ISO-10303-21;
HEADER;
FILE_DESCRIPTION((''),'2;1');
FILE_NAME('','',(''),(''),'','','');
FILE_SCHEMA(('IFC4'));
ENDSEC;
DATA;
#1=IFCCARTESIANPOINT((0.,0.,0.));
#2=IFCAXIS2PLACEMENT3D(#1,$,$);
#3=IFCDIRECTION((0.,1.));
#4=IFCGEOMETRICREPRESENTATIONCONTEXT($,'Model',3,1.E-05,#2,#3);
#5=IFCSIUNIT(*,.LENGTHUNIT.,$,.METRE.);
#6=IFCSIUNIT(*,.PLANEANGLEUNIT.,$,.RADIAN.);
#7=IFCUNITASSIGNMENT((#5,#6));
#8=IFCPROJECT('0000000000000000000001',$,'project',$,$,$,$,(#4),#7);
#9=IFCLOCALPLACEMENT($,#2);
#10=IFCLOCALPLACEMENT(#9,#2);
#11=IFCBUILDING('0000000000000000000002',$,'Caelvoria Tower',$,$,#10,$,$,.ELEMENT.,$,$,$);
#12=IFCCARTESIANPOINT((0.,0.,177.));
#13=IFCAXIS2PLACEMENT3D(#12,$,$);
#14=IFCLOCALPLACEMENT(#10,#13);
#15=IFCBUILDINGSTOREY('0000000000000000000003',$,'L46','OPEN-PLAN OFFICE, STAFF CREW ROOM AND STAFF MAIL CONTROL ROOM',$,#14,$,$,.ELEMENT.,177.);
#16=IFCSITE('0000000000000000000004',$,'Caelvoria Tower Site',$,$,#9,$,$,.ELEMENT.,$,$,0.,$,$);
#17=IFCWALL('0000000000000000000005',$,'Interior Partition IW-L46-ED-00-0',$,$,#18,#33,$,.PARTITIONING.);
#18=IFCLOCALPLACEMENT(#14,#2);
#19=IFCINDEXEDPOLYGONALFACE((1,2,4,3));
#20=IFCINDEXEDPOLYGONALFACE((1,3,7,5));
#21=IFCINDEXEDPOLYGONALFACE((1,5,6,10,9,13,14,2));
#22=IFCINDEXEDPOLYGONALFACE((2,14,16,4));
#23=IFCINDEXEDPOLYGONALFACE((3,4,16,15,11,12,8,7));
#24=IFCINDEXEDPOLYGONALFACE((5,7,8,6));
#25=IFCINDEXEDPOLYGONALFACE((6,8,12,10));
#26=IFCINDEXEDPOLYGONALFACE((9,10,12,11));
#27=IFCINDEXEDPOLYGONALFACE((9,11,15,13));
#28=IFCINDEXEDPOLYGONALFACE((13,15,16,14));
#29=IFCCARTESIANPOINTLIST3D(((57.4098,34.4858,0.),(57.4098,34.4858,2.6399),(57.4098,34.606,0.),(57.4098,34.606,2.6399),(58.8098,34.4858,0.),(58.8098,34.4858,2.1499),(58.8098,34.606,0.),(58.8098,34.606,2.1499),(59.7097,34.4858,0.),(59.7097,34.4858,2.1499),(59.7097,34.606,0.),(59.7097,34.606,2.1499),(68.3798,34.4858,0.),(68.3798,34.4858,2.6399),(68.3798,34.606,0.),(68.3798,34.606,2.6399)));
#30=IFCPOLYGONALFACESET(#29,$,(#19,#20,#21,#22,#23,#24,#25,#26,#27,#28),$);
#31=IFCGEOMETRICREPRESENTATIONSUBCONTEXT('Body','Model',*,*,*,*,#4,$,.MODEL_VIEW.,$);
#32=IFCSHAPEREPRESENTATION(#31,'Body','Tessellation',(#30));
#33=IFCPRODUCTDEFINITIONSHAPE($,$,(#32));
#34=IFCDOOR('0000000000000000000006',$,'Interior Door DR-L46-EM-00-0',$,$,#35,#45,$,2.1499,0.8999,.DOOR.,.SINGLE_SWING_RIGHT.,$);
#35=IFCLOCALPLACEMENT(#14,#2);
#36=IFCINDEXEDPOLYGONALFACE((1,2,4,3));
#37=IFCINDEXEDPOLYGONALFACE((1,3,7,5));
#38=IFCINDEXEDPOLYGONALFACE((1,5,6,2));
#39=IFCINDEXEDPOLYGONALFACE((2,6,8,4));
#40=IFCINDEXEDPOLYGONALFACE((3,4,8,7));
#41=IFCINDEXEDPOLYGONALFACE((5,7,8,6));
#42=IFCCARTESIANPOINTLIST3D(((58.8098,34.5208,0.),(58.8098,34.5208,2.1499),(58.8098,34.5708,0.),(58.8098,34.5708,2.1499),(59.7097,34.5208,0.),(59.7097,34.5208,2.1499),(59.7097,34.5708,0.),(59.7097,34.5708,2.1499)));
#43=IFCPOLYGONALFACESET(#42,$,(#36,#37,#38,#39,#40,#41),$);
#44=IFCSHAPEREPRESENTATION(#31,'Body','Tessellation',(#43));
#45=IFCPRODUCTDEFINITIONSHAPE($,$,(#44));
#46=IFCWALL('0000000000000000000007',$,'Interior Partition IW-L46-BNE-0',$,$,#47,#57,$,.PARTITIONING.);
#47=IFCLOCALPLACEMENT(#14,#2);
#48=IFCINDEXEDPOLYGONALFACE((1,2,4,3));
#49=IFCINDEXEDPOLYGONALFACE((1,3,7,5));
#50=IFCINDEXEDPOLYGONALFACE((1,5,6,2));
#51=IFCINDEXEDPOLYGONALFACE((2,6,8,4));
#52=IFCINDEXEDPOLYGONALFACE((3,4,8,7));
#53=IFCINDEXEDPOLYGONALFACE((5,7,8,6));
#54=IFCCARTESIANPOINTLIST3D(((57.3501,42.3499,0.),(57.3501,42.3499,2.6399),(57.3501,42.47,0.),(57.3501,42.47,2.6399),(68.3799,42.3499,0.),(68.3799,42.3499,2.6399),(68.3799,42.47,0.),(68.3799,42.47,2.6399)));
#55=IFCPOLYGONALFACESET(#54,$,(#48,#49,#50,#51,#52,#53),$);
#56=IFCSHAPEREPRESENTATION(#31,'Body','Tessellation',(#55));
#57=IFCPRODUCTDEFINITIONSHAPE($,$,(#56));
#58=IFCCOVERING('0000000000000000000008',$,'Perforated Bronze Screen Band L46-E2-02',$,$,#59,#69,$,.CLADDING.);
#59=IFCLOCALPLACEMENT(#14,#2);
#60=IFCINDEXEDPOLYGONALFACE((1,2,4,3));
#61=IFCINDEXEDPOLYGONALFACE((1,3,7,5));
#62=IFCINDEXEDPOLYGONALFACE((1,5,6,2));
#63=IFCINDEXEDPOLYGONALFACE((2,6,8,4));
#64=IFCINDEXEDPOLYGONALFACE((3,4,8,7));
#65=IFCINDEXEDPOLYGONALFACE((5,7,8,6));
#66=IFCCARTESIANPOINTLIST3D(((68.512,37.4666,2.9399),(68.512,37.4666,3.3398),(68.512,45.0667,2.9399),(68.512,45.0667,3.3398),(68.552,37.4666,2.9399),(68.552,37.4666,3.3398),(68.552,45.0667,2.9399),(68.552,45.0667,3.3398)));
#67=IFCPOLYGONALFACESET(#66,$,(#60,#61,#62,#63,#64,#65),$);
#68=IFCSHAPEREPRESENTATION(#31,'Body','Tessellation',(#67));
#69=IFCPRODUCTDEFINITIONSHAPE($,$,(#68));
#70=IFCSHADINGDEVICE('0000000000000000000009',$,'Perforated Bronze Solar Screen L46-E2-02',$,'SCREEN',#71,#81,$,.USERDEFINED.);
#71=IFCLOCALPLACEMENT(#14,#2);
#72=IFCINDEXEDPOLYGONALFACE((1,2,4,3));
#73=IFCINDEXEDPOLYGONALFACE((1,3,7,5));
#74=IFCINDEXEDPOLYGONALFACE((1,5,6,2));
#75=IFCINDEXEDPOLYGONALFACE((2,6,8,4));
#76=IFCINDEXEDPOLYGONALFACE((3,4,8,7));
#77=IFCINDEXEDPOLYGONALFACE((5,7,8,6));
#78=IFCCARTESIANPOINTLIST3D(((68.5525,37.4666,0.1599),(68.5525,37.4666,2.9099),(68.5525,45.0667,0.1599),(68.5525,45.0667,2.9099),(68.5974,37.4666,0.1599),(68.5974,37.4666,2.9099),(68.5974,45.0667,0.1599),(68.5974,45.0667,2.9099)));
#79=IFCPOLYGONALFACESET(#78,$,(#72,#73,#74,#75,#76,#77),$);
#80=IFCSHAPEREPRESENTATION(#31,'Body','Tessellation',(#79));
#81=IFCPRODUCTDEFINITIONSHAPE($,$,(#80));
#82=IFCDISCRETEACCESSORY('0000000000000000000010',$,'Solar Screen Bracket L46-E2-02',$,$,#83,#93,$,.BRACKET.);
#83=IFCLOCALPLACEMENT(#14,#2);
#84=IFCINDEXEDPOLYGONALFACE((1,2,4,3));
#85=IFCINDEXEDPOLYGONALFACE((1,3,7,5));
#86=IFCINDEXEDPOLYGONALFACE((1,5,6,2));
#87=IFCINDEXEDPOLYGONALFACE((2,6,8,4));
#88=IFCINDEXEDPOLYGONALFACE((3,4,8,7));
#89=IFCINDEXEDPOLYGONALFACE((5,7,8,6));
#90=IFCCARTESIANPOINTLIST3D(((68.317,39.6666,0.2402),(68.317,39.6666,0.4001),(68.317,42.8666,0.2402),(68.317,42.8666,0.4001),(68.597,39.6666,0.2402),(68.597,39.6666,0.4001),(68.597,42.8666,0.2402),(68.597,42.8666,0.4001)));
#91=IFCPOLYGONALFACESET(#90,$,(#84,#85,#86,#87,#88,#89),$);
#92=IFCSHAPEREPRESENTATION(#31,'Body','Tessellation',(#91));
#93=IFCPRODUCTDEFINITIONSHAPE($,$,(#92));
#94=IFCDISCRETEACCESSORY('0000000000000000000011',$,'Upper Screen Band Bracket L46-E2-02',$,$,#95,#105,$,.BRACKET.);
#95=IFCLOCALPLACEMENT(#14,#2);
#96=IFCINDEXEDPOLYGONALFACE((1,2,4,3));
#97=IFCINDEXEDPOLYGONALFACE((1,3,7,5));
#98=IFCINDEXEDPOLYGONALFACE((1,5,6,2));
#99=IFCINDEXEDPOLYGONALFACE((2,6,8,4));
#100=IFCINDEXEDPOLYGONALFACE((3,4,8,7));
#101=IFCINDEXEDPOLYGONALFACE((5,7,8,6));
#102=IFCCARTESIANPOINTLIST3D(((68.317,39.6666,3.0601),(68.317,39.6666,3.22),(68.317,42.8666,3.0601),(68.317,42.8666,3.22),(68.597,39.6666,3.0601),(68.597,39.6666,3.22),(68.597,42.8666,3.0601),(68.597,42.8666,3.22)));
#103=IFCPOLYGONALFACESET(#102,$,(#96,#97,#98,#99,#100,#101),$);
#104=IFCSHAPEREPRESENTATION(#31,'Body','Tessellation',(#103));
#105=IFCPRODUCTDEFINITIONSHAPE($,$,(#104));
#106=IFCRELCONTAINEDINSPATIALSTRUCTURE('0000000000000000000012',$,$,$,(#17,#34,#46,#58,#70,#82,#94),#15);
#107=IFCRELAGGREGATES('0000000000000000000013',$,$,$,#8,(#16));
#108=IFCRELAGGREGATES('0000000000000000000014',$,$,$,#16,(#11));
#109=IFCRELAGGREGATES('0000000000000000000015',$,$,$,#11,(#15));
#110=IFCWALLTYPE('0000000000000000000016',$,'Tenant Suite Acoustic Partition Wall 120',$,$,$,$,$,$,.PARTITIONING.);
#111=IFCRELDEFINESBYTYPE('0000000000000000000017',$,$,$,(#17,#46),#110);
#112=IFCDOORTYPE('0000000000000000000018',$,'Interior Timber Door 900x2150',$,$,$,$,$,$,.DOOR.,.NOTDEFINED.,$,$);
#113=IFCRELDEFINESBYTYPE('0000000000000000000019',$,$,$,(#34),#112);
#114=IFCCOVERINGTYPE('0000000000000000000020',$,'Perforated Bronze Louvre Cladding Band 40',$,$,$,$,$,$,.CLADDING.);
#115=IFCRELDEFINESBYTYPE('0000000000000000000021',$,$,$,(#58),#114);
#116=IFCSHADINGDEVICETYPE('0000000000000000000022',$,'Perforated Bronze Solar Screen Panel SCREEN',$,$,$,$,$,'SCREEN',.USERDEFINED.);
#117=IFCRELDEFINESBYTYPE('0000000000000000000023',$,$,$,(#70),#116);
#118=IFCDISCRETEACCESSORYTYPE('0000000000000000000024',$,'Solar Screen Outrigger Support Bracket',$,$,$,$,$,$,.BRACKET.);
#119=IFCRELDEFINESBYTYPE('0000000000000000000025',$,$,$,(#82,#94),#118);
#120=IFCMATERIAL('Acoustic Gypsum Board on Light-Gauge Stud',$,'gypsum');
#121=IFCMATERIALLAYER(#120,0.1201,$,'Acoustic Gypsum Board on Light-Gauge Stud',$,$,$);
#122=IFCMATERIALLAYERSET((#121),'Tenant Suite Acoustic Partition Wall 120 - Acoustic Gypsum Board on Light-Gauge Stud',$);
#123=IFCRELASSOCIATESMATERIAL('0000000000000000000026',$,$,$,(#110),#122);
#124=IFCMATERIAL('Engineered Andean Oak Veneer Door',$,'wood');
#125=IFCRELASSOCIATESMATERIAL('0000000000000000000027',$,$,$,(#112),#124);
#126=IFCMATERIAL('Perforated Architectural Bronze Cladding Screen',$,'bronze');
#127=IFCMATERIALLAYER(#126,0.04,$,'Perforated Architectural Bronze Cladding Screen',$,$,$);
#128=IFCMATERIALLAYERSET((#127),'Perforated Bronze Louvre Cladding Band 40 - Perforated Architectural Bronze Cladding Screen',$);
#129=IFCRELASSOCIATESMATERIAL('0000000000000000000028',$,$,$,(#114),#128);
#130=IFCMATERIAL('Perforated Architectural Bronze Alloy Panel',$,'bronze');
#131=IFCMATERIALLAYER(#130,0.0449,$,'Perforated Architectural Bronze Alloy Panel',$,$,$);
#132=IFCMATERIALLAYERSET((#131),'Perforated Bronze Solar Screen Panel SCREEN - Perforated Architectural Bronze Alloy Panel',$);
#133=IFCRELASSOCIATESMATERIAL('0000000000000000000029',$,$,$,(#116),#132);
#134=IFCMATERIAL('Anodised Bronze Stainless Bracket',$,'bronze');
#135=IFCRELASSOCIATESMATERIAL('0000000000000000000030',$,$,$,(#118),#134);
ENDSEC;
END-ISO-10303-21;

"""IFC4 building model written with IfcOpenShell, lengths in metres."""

from ifc_helpers import new_model, si_unit, direction, frame, frame_2d, origin, origin_2d, place, context, subcontext, project, spatial, rectangle, extrude, material, layer, layer_set, type_object, element, fill, save


model = new_model("IFC4")

# Units and contexts
model_context = context("Model", 3, precision=1e-05, world=origin(), true_north=direction((0.0, 1.0)))
body_context = subcontext(model_context, "Body", "Model", "MODEL_VIEW")
ifc_project = project(units=[si_unit("LENGTHUNIT", "METRE"), si_unit("PLANEANGLEUNIT", "RADIAN")], contexts=[model_context])

# Site, building, storey
site_placement = place(None, origin())
site = spatial("IfcSite", under=ifc_project, at=site_placement, Name="Caelvoria Tower Site", CompositionType="ELEMENT", RefElevation=0.0)
building_placement = place(site_placement, origin())
building = spatial("IfcBuilding", under=site, at=building_placement, Name="Caelvoria Tower", CompositionType="ELEMENT")
storey_placement = place(building_placement, frame((0.0, 0.0, 177.0)))
storey = spatial("IfcBuildingStorey", under=building, at=storey_placement, Name="L46", Description="OPEN-PLAN OFFICE, STAFF CREW ROOM AND STAFF MAIL CONTROL ROOM", CompositionType="ELEMENT", Elevation=177.0)

# Wall, opening, door
ifc_material_1 = material(Name="Acoustic Gypsum Board on Light-Gauge Stud", Category="gypsum")
ifc_layer_1 = layer(ifc_material_1, 0.1201, Name="Acoustic Gypsum Board on Light-Gauge Stud")
ifc_layer_set_1 = layer_set([ifc_layer_1], Name="Tenant Suite Acoustic Partition Wall 120 - Acoustic Gypsum Board on Light-Gauge Stud")
wall_type_1 = type_object("IfcWallType", Name="Tenant Suite Acoustic Partition Wall 120", PredefinedType="PARTITIONING", material=ifc_layer_set_1)
wall_1_placement = place(storey_placement, frame((57.4099, 34.5459, 0.0), z_axis=(0.0, 0.0, 1.0), x_axis=(1.0, 0.0, 0.0)))
wall_1 = element("IfcWall", 1, at=wall_1_placement, inside=storey, type_object=wall_type_1, Name="Interior Partition IW-L46-ED-00-0", PredefinedType="PARTITIONING", context=body_context, shape_type="SweptSolid", body=[
    extrude(rectangle(XDim=10.97, YDim=0.1201, at=frame_2d((5.4849, 0.0))), origin(), (0.0, 0.0, 1.0), 2.6399),
])
opening_placement = place(wall_1_placement, frame((1.3999, 0.0, 0.0)))
opening = element("IfcOpeningElement", 2, at=opening_placement, cuts=wall_1, PredefinedType="OPENING", context=body_context, shape_type="SweptSolid", body=[
    extrude(rectangle(XDim=0.8999, YDim=2.1499, at=frame_2d((0.45, 1.075))), frame((0.0, 0.0701, 0.0), z_axis=(0.0, -1.0, 0.0), x_axis=(1.0, 0.0, 0.0)), (0.0, 0.0, 1.0), 0.1401),
])
ifc_material_2 = material(Name="Engineered Andean Oak Veneer Door", Category="wood")
door_type = type_object("IfcDoorType", Name="Interior Timber Door 900x2150", OperationType="NOTDEFINED", PredefinedType="DOOR", material=ifc_material_2)
door_placement = place(opening_placement, origin())
door = element("IfcDoor", 3, at=door_placement, inside=storey, type_object=door_type, Name="Interior Door DR-L46-EM-00-0", OperationType="SINGLE_SWING_RIGHT", OverallHeight=2.1499, OverallWidth=0.8999, PredefinedType="DOOR", context=body_context, shape_type="SweptSolid", body=[
    extrude(rectangle(XDim=0.8999, YDim=2.1499, at=frame_2d((0.45, 1.075))), frame((0.0, 0.0249, 0.0), z_axis=(0.0, -1.0, 0.0), x_axis=(1.0, 0.0, 0.0)), (0.0, 0.0, 1.0), 0.05),
])
fill(opening, door)

# Wall
wall_2_placement = place(storey_placement, frame((57.3501, 42.4099, 0.0), z_axis=(0.0, 0.0, 1.0), x_axis=(1.0, 0.0, 0.0)))
element("IfcWall", 4, at=wall_2_placement, inside=storey, type_object=wall_type_1, Name="Interior Partition IW-L46-BNE-0", PredefinedType="PARTITIONING", context=body_context, shape_type="SweptSolid", body=[
    extrude(rectangle(XDim=11.0298, YDim=0.1201, at=frame_2d((5.5149, 0.0))), origin(), (0.0, 0.0, 1.0), 2.6399),
])

# Covering
ifc_material_3 = material(Name="Perforated Architectural Bronze Cladding Screen", Category="bronze")
ifc_layer_2 = layer(ifc_material_3, 0.04, Name="Perforated Architectural Bronze Cladding Screen")
ifc_layer_set_2 = layer_set([ifc_layer_2], Name="Perforated Bronze Louvre Cladding Band 40 - Perforated Architectural Bronze Cladding Screen")
covering_type = type_object("IfcCoveringType", Name="Perforated Bronze Louvre Cladding Band 40", PredefinedType="CLADDING", material=ifc_layer_set_2)
covering_placement = place(storey_placement, frame((68.532, 41.2666, 2.9399), z_axis=(0.0, 0.0, 1.0), x_axis=(0.0, 1.0, 0.0)))
element("IfcCovering", 5, at=covering_placement, inside=storey, type_object=covering_type, Name="Perforated Bronze Screen Band L46-E2-02", PredefinedType="CLADDING", context=body_context, shape_type="SweptSolid", body=[
    extrude(rectangle(XDim=7.6001, YDim=0.04, at=origin_2d()), origin(), (0.0, 0.0, 1.0), 0.3999),
])

# Shading device
ifc_material_4 = material(Name="Perforated Architectural Bronze Alloy Panel", Category="bronze")
ifc_layer_3 = layer(ifc_material_4, 0.0449, Name="Perforated Architectural Bronze Alloy Panel")
ifc_layer_set_3 = layer_set([ifc_layer_3], Name="Perforated Bronze Solar Screen Panel SCREEN - Perforated Architectural Bronze Alloy Panel")
shading_device_type = type_object("IfcShadingDeviceType", Name="Perforated Bronze Solar Screen Panel SCREEN", ElementType="SCREEN", PredefinedType="USERDEFINED", material=ifc_layer_set_3)
shading_device_placement = place(storey_placement, frame((68.575, 41.2666, 0.1599), z_axis=(0.0, 0.0, 1.0), x_axis=(0.0, 1.0, 0.0)))
element("IfcShadingDevice", 6, at=shading_device_placement, inside=storey, type_object=shading_device_type, Name="Perforated Bronze Solar Screen L46-E2-02", ObjectType="SCREEN", PredefinedType="USERDEFINED", context=body_context, shape_type="SweptSolid", body=[
    extrude(rectangle(XDim=7.6001, YDim=0.0449, at=origin_2d()), origin(), (0.0, 0.0, 1.0), 2.75),
])

# Discrete accessories
ifc_material_5 = material(Name="Anodised Bronze Stainless Bracket", Category="bronze")
discrete_accessory_type = type_object("IfcDiscreteAccessoryType", Name="Solar Screen Outrigger Support Bracket", PredefinedType="BRACKET", material=ifc_material_5)
for number, where, z_axis, x_axis, name in (
    (7, (68.457, 41.2666, 0.2402), (0.0, 0.0, 1.0), (0.0, 1.0, 0.0), "Solar Screen Bracket L46-E2-02"),
    (8, (68.457, 41.2666, 3.0601), (0.0, 0.0, 1.0), (0.0, 1.0, 0.0), "Upper Screen Band Bracket L46-E2-02"),
):
    element("IfcDiscreteAccessory", number, at=place(storey_placement, frame(where, z_axis=z_axis, x_axis=x_axis)), inside=storey, type_object=discrete_accessory_type, Name=name, PredefinedType="BRACKET", context=body_context, shape_type="SweptSolid", body=[
        extrude(rectangle(XDim=3.2, YDim=0.28, at=origin_2d()), origin(), (0.0, 0.0, 1.0), 0.1599),
    ])

save(model, "model.ifc")
